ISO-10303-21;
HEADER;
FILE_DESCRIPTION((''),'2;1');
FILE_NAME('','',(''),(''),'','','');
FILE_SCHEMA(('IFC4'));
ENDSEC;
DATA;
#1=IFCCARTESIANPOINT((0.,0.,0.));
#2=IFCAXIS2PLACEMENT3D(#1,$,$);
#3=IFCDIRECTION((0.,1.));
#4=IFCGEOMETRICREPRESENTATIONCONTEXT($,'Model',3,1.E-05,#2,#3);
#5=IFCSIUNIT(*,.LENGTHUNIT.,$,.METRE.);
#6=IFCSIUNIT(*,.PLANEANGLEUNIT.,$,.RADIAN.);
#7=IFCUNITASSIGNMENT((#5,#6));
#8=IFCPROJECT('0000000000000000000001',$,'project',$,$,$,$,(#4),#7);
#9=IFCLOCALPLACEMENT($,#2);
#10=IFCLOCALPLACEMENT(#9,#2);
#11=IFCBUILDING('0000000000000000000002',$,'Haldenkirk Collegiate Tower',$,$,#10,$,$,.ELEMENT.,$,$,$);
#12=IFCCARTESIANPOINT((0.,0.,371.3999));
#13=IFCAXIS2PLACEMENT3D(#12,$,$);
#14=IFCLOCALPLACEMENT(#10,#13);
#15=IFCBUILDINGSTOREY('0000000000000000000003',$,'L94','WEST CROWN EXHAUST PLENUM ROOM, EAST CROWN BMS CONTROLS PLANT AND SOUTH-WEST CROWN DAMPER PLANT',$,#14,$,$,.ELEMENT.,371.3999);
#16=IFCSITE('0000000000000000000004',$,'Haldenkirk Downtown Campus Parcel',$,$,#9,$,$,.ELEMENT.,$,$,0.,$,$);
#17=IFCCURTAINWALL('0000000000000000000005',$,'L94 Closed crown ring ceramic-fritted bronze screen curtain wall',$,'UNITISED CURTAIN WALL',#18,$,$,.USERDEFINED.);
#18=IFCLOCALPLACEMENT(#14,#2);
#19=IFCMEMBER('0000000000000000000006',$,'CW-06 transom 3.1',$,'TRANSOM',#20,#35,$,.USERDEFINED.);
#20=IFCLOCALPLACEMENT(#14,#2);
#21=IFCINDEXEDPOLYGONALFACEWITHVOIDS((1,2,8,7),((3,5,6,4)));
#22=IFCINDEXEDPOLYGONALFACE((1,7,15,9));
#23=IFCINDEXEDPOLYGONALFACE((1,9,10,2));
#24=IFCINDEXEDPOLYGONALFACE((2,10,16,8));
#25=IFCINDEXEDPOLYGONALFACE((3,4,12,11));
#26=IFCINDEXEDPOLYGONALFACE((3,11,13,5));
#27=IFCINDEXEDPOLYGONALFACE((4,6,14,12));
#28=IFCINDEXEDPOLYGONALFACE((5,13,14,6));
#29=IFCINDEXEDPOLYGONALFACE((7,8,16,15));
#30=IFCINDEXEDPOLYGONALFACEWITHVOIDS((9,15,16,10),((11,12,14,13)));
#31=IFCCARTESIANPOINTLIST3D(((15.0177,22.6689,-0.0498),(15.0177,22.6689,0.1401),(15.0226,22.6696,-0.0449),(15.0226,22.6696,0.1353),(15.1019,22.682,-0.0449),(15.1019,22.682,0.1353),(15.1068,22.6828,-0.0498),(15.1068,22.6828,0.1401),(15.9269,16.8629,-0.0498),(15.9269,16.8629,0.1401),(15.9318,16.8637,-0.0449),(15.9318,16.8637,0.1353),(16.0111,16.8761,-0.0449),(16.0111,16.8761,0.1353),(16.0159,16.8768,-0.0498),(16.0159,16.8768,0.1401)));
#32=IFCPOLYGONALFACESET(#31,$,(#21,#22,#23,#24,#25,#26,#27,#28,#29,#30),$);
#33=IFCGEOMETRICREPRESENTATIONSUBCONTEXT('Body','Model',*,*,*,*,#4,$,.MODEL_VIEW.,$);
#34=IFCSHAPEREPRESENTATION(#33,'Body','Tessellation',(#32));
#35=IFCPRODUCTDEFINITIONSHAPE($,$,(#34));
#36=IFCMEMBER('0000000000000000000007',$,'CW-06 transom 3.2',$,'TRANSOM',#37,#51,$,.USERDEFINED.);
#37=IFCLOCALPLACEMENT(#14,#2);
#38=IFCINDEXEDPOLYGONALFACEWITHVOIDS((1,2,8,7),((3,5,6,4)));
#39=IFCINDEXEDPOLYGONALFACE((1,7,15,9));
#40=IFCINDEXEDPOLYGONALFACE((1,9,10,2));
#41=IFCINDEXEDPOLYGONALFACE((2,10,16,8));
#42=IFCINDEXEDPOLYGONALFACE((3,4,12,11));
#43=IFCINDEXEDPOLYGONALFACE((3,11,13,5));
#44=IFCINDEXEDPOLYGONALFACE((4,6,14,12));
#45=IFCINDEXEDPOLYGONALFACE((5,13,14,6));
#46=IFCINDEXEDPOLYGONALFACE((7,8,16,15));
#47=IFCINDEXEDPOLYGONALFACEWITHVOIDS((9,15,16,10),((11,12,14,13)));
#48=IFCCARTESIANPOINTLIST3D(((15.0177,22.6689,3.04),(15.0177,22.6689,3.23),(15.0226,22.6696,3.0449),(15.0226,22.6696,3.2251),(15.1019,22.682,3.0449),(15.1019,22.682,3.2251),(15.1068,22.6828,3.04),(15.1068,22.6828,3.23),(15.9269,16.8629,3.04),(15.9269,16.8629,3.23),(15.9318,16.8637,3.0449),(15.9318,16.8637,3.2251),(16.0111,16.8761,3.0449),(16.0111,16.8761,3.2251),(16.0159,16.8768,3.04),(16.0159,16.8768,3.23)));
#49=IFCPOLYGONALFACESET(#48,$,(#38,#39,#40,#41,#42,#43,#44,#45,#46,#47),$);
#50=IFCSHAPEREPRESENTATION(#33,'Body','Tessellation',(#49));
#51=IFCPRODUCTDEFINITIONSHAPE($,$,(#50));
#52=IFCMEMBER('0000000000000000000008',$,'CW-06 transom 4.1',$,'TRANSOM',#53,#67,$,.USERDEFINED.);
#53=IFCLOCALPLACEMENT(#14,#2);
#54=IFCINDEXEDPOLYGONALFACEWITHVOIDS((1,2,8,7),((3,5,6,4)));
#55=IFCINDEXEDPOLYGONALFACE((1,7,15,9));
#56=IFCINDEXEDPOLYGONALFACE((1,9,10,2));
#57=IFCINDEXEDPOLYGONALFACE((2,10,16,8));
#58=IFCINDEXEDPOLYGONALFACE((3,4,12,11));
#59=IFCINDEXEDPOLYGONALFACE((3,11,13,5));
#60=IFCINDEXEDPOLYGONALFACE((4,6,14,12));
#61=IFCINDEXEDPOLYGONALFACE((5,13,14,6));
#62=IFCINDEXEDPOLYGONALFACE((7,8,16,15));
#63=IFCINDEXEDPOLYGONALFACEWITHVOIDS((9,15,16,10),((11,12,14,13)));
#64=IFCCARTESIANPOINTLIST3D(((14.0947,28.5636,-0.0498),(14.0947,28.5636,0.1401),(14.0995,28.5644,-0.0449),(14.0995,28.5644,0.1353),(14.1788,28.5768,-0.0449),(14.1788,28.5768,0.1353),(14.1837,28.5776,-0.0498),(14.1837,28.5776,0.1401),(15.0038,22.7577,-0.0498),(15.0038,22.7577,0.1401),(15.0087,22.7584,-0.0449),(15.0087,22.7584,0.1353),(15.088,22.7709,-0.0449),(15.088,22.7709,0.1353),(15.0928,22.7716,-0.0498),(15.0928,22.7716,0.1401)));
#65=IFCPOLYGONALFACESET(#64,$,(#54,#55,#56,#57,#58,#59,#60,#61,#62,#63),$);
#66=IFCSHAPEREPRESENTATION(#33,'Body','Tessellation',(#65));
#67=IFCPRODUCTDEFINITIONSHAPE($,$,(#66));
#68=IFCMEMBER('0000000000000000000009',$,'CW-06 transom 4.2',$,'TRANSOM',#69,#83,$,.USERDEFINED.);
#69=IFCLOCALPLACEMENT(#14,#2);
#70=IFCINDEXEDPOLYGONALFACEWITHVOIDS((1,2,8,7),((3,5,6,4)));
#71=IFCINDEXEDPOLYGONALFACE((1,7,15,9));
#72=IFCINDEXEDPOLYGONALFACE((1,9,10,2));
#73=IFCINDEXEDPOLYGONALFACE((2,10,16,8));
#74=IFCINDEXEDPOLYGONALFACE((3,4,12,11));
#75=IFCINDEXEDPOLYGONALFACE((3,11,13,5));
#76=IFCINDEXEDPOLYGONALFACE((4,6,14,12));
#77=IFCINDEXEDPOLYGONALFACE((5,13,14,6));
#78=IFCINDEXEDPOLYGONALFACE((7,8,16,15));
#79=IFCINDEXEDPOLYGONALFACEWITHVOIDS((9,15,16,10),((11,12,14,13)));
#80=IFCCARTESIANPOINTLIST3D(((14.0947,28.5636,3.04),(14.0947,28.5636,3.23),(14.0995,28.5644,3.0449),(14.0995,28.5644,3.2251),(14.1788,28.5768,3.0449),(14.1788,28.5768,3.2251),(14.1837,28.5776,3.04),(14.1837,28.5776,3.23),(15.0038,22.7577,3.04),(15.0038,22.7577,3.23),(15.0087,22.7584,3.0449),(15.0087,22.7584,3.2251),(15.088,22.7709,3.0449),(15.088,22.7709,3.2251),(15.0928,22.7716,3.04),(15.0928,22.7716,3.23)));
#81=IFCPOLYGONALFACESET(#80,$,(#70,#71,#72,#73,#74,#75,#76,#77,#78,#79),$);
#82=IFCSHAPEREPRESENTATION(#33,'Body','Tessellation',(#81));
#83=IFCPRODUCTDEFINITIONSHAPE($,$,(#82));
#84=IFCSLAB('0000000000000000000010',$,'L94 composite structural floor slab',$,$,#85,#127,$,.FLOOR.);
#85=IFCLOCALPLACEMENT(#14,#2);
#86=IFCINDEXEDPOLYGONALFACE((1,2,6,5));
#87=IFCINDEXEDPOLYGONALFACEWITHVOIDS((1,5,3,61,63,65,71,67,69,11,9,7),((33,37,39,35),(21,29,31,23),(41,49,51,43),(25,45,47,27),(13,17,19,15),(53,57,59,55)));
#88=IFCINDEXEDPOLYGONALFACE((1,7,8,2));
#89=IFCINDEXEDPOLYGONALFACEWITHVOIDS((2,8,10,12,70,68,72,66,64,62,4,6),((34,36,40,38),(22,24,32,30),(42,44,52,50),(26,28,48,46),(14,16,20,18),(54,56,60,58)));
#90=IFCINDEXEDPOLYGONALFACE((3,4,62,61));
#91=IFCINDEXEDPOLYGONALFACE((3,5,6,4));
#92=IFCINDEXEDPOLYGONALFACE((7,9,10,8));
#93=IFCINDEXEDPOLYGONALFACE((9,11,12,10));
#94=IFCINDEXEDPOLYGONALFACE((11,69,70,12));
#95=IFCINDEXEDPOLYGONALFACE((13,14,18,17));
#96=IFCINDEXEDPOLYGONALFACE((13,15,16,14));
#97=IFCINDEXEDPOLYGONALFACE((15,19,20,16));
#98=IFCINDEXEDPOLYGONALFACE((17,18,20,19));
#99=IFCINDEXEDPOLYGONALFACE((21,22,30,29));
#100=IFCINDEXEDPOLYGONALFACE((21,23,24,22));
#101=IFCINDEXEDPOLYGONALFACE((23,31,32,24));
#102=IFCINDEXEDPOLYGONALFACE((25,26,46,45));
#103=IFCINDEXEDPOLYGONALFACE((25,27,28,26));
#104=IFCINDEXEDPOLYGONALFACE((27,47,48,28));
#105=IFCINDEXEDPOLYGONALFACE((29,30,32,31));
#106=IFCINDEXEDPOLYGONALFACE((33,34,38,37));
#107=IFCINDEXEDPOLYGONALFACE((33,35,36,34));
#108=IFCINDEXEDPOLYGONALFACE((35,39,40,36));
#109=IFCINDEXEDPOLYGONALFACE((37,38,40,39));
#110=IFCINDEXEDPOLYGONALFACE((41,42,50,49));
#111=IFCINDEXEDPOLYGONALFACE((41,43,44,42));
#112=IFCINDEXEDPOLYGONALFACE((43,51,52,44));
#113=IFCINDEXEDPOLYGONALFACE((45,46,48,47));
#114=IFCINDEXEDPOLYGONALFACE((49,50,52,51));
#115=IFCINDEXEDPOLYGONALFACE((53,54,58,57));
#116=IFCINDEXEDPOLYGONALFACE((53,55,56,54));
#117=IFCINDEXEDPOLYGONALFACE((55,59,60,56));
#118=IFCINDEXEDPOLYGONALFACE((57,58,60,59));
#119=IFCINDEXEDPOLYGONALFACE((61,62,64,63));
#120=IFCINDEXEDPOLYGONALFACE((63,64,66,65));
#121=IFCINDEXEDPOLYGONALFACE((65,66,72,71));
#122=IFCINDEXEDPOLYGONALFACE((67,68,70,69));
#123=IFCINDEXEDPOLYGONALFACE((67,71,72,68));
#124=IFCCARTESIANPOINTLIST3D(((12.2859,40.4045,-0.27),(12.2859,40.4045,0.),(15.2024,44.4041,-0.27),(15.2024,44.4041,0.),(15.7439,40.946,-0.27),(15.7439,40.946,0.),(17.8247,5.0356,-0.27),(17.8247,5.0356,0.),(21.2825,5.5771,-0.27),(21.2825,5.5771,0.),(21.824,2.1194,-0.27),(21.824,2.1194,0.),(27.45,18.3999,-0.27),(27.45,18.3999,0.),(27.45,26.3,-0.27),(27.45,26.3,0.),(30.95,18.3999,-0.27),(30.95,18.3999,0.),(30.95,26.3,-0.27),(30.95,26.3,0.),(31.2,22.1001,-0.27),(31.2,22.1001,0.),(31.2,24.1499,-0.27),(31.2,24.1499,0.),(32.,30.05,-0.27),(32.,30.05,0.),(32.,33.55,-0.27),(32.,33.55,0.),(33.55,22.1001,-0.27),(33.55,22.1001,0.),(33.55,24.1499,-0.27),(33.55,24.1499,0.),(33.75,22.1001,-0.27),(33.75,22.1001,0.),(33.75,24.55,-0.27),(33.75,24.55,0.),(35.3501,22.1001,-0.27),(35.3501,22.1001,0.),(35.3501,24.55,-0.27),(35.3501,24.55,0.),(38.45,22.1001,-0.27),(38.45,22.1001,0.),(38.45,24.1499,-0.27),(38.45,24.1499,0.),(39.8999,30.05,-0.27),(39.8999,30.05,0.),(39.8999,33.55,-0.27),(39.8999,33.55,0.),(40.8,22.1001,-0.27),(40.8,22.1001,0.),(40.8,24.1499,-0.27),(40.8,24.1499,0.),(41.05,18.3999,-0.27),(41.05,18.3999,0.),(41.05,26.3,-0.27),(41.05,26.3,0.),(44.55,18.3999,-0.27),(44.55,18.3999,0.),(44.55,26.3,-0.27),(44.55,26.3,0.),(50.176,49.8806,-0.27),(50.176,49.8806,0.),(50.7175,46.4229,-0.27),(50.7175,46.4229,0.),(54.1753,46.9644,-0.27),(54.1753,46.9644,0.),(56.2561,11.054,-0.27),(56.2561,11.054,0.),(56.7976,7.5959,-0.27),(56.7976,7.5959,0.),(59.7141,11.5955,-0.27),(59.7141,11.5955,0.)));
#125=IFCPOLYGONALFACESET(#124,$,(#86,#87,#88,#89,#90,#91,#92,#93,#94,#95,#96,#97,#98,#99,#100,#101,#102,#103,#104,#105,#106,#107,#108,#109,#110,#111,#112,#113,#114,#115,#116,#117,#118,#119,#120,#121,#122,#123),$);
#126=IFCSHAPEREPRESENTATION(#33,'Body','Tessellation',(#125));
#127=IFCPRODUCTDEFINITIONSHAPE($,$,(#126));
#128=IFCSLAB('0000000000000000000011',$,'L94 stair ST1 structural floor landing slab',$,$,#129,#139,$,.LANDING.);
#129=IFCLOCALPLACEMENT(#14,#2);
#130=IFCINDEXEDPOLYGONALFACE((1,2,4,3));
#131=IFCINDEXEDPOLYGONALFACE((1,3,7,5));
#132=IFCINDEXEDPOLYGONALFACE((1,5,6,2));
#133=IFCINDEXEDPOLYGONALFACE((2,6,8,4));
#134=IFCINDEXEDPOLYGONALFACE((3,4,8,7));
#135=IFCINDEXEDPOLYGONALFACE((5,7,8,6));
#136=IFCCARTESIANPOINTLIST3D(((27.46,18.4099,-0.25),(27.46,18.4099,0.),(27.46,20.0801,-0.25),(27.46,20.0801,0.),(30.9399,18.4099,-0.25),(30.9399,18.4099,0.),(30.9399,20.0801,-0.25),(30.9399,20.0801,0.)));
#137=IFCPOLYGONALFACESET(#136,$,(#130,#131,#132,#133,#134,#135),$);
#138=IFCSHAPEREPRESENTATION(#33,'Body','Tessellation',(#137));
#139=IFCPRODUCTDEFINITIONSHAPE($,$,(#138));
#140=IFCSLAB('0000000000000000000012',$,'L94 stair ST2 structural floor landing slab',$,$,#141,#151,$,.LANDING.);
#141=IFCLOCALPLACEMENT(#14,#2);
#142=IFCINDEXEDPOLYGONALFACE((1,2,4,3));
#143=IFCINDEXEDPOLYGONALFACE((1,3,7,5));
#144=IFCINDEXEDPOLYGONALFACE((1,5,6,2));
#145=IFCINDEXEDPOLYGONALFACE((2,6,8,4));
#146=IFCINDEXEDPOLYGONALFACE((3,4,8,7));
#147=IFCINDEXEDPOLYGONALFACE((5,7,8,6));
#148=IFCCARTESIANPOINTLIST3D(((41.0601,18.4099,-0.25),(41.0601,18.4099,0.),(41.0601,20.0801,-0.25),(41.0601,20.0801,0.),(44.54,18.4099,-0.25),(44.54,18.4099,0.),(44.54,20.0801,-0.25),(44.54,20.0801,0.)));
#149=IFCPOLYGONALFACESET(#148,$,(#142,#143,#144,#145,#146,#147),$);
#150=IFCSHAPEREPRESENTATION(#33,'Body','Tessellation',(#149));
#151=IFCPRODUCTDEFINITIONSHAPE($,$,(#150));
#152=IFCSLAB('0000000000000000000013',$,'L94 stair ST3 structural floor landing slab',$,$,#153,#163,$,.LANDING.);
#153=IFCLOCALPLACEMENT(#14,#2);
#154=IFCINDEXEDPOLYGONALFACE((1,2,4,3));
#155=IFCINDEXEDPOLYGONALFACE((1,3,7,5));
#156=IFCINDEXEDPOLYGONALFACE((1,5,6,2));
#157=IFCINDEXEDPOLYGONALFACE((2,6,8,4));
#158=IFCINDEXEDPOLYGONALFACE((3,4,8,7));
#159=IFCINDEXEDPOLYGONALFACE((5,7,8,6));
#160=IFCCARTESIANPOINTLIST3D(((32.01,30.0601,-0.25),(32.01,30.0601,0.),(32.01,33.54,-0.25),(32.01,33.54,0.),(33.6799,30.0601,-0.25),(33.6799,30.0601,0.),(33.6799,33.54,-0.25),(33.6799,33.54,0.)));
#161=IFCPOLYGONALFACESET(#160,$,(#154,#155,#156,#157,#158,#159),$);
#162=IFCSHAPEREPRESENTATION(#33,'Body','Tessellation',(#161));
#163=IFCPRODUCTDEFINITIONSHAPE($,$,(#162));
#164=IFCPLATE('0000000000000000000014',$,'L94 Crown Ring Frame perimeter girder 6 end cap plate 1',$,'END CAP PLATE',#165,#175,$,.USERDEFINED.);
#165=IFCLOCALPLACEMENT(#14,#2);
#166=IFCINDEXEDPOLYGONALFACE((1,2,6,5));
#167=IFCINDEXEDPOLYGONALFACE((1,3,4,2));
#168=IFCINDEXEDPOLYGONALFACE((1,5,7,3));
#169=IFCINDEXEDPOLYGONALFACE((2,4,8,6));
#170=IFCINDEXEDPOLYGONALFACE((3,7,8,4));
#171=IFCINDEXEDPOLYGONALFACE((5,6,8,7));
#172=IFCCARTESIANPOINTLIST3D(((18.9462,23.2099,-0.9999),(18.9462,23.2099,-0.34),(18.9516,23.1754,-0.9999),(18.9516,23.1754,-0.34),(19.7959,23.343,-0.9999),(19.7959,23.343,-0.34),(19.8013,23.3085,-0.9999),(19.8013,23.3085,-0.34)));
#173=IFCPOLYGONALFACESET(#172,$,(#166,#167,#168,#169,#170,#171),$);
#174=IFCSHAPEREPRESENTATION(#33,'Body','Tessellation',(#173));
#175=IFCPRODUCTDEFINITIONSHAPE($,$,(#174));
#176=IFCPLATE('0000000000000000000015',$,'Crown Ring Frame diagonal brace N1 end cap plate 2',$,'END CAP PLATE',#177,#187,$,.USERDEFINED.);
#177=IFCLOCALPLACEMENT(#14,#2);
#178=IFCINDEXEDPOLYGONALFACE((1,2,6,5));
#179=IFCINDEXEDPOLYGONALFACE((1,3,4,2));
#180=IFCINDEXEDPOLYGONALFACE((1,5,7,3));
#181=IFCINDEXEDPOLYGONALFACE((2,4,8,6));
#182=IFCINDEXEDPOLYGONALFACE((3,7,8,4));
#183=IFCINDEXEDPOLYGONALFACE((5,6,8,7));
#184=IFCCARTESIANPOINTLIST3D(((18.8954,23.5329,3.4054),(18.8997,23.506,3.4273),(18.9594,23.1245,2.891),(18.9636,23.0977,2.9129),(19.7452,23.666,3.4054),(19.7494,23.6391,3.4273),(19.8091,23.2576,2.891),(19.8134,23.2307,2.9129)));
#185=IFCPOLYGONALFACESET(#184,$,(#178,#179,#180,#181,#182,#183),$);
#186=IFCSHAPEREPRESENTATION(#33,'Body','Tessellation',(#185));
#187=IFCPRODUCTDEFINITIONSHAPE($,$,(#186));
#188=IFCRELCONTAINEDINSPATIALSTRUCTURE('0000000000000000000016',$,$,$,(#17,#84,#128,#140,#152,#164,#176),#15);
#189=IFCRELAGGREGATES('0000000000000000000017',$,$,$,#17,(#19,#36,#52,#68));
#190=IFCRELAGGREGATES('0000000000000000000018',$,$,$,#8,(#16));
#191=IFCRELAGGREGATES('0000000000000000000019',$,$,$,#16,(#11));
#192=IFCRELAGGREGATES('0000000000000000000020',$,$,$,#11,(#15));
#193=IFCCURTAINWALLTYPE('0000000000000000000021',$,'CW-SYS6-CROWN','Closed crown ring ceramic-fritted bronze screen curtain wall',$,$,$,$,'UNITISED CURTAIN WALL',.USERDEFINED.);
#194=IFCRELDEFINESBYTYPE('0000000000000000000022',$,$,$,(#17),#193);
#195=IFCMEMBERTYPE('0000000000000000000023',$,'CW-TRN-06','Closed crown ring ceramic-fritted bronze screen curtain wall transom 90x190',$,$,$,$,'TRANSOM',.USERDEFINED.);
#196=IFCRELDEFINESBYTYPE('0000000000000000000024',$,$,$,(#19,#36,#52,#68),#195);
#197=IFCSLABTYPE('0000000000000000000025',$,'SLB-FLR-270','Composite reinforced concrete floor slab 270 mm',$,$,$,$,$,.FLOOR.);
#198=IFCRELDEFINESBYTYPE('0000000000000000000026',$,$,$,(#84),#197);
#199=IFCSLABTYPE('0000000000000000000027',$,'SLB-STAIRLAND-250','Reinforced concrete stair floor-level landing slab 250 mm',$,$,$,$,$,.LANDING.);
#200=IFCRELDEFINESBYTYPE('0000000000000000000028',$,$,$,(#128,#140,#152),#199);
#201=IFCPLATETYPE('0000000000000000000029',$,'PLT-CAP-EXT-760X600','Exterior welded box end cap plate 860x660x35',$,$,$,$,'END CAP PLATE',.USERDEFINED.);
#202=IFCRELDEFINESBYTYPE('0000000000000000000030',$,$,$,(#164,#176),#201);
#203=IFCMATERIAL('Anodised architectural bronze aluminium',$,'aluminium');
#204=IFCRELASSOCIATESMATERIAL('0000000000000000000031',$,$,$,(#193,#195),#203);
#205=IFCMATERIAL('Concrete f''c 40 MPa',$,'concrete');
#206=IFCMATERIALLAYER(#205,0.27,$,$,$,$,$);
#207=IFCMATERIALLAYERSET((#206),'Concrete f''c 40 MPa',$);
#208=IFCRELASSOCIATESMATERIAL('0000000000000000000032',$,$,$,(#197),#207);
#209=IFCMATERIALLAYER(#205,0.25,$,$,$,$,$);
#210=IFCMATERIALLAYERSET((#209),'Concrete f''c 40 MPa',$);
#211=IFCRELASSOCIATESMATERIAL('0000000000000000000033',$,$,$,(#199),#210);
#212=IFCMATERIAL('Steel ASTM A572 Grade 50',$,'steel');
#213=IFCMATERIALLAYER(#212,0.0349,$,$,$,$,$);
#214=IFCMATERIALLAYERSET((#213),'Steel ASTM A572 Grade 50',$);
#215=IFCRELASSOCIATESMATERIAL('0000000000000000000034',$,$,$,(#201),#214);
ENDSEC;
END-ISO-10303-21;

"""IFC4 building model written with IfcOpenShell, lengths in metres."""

from ifc_helpers import new_model, si_unit, direction, frame, origin, origin_2d, place, context, subcontext, project, spatial, polyline, rectangle, hollow_rectangle, outline, extrude, source, transform, mapped, material, layer, layer_set, material_profile, profile_set, type_object, element, aggregate, save


model = new_model("IFC4")

# Units and contexts
model_context = context("Model", 3, precision=1e-05, world=origin(), true_north=direction((0.0, 1.0)))
body_context = subcontext(model_context, "Body", "Model", "MODEL_VIEW")
ifc_project = project(units=[si_unit("LENGTHUNIT", "METRE"), si_unit("PLANEANGLEUNIT", "RADIAN")], contexts=[model_context])

# Site, building, storey
site_placement = place(None, origin())
site = spatial("IfcSite", under=ifc_project, at=site_placement, Name="Haldenkirk Downtown Campus Parcel", CompositionType="ELEMENT", RefElevation=0.0)
building_placement = place(site_placement, origin())
building = spatial("IfcBuilding", under=site, at=building_placement, Name="Haldenkirk Collegiate Tower", CompositionType="ELEMENT")
storey_placement = place(building_placement, frame((0.0, 0.0, 371.3999)))
storey = spatial("IfcBuildingStorey", under=building, at=storey_placement, Name="L94", Description="WEST CROWN EXHAUST PLENUM ROOM, EAST CROWN BMS CONTROLS PLANT AND SOUTH-WEST CROWN DAMPER PLANT", CompositionType="ELEMENT", Elevation=371.3999)

# Shared definitions
ifc_material_1 = material(Name="Steel ASTM A572 Grade 50", Category="steel")

# Curtain wall, members
ifc_material_2 = material(Name="Anodised architectural bronze aluminium", Category="aluminium")
curtain_wall_type = type_object("IfcCurtainWallType", Name="CW-SYS6-CROWN", Description="Closed crown ring ceramic-fritted bronze screen curtain wall", ElementType="UNITISED CURTAIN WALL", PredefinedType="USERDEFINED", material=ifc_material_2)
curtain_wall_placement = place(storey_placement, origin())
curtain_wall = element("IfcCurtainWall", 1, at=curtain_wall_placement, inside=storey, type_object=curtain_wall_type, Name="L94 Closed crown ring ceramic-fritted bronze screen curtain wall", ObjectType="UNITISED CURTAIN WALL", PredefinedType="USERDEFINED")
ifc_material_profile_1 = material_profile(ifc_material_2, hollow_rectangle(XDim=0.0901, YDim=0.1899, WallThickness=0.0049, at=origin_2d()), Name="CW-TRN-06")
ifc_profile_set_1 = profile_set([ifc_material_profile_1], Name="Anodised architectural bronze aluminium")
member_type_1 = type_object("IfcMemberType", Name="CW-TRN-06", Description="Closed crown ring ceramic-fritted bronze screen curtain wall transom 90x190", ElementType="TRANSOM", PredefinedType="USERDEFINED", material=ifc_profile_set_1)
member_1_placement = place(storey_placement, frame((15.9714, 16.8699, 0.0452), z_axis=(-0.15471, 0.98796, 0.0), x_axis=(-0.98796, -0.15471, 0.0)))
member_1 = element("IfcMember", 2, at=member_1_placement, type_object=member_type_1, Name="CW-06 transom 3.1", ObjectType="TRANSOM", PredefinedType="USERDEFINED", context=body_context, shape_type="SweptSolid", body=[
    extrude(hollow_rectangle(XDim=0.0901, YDim=0.1899, WallThickness=0.0049, at=origin_2d()), origin(), (0.0, 0.0, 1.0), 5.8767),
])
member_2_placement = place(storey_placement, frame((15.9714, 16.8699, 3.135), z_axis=(-0.15471, 0.98796, 0.0), x_axis=(-0.98796, -0.15471, 0.0)))
member_2 = element("IfcMember", 3, at=member_2_placement, type_object=member_type_1, Name="CW-06 transom 3.2", ObjectType="TRANSOM", PredefinedType="USERDEFINED", context=body_context, shape_type="SweptSolid", body=[
    extrude(hollow_rectangle(XDim=0.0901, YDim=0.1899, WallThickness=0.0049, at=origin_2d()), origin(), (0.0, 0.0, 1.0), 5.8767),
])
member_3_placement = place(storey_placement, frame((15.0483, 22.7646, 0.0452), z_axis=(-0.15471, 0.98796, 0.0), x_axis=(-0.98796, -0.15471, 0.0)))
member_3 = element("IfcMember", 4, at=member_3_placement, type_object=member_type_1, Name="CW-06 transom 4.1", ObjectType="TRANSOM", PredefinedType="USERDEFINED", context=body_context, shape_type="SweptSolid", body=[
    extrude(hollow_rectangle(XDim=0.0901, YDim=0.1899, WallThickness=0.0049, at=origin_2d()), origin(), (0.0, 0.0, 1.0), 5.8767),
])
member_4_placement = place(storey_placement, frame((15.0483, 22.7646, 3.135), z_axis=(-0.15471, 0.98796, 0.0), x_axis=(-0.98796, -0.15471, 0.0)))
member_4 = element("IfcMember", 5, at=member_4_placement, type_object=member_type_1, Name="CW-06 transom 4.2", ObjectType="TRANSOM", PredefinedType="USERDEFINED", context=body_context, shape_type="SweptSolid", body=[
    extrude(hollow_rectangle(XDim=0.0901, YDim=0.1899, WallThickness=0.0049, at=origin_2d()), origin(), (0.0, 0.0, 1.0), 5.8767),
])

# Slabs
ifc_material_3 = material(Name="Concrete f'c 40 MPa", Category="concrete")
ifc_layer_1 = layer(ifc_material_3, 0.27)
ifc_layer_set_1 = layer_set([ifc_layer_1], Name="Concrete f'c 40 MPa")
slab_type_1 = type_object("IfcSlabType", Name="SLB-FLR-270", Description="Composite reinforced concrete floor slab 270 mm", PredefinedType="FLOOR", material=ifc_layer_set_1)
slab_1_placement = place(storey_placement, frame((0.0, 0.0, -0.27)))
element("IfcSlab", 6, at=slab_1_placement, inside=storey, type_object=slab_type_1, Name="L94 composite structural floor slab", PredefinedType="FLOOR", context=body_context, shape_type="SweptSolid", body=[
    extrude(outline(polyline([(59.7141, 11.5955), (54.1753, 46.9644), (50.7175, 46.4229), (50.176, 49.8806), (15.2024, 44.4041), (15.7439, 40.946), (12.2859, 40.4045), (17.8247, 5.0356), (21.2825, 5.5771), (21.824, 2.1194), (56.7976, 7.5959), (56.2561, 11.054), (59.7141, 11.5955)]), holes=[polyline([(27.45, 18.3999), (30.95, 18.3999), (30.95, 26.3), (27.45, 26.3), (27.45, 18.3999)]), polyline([(41.05, 18.3999), (44.55, 18.3999), (44.55, 26.3), (41.05, 26.3), (41.05, 18.3999)]), polyline([(32.0, 30.05), (39.8999, 30.05), (39.8999, 33.55), (32.0, 33.55), (32.0, 30.05)]), polyline([(33.75, 22.1001), (35.3501, 22.1001), (35.3501, 24.55), (33.75, 24.55), (33.75, 22.1001)]), polyline([(31.2, 22.1001), (33.55, 22.1001), (33.55, 24.1499), (31.2, 24.1499), (31.2, 22.1001)]), polyline([(38.45, 22.1001), (40.8, 22.1001), (40.8, 24.1499), (38.45, 24.1499), (38.45, 22.1001)])]), origin(), (0.0, 0.0, 1.0), 0.27),
])
ifc_layer_2 = layer(ifc_material_3, 0.25)
ifc_layer_set_2 = layer_set([ifc_layer_2], Name="Concrete f'c 40 MPa")
slab_type_2 = type_object("IfcSlabType", Name="SLB-STAIRLAND-250", Description="Reinforced concrete stair floor-level landing slab 250 mm", PredefinedType="LANDING", material=ifc_layer_set_2)
slab_2_placement = place(storey_placement, frame((0.0, 0.0, -0.25)))
element("IfcSlab", 7, at=slab_2_placement, inside=storey, type_object=slab_type_2, Name="L94 stair ST1 structural floor landing slab", PredefinedType="LANDING", context=body_context, shape_type="SweptSolid", body=[
    extrude(outline(polyline([(27.46, 18.4099), (30.9399, 18.4099), (30.9399, 20.0801), (27.46, 20.0801), (27.46, 18.4099)])), origin(), (0.0, 0.0, 1.0), 0.25),
])
slab_3_placement = place(storey_placement, frame((0.0, 0.0, -0.25)))
element("IfcSlab", 8, at=slab_3_placement, inside=storey, type_object=slab_type_2, Name="L94 stair ST2 structural floor landing slab", PredefinedType="LANDING", context=body_context, shape_type="SweptSolid", body=[
    extrude(outline(polyline([(41.0601, 18.4099), (44.54, 18.4099), (44.54, 20.0801), (41.0601, 20.0801), (41.0601, 18.4099)])), origin(), (0.0, 0.0, 1.0), 0.25),
])
slab_4_placement = place(storey_placement, frame((0.0, 0.0, -0.25)))
element("IfcSlab", 9, at=slab_4_placement, inside=storey, type_object=slab_type_2, Name="L94 stair ST3 structural floor landing slab", PredefinedType="LANDING", context=body_context, shape_type="SweptSolid", body=[
    extrude(outline(polyline([(32.01, 30.0601), (33.6799, 30.0601), (33.6799, 33.54), (32.01, 33.54), (32.01, 30.0601)])), origin(), (0.0, 0.0, 1.0), 0.25),
])

# Plates
ifc_layer_3 = layer(ifc_material_1, 0.0349)
ifc_layer_set_3 = layer_set([ifc_layer_3], Name="Steel ASTM A572 Grade 50")
plate_type_1 = type_object("IfcPlateType", Name="PLT-CAP-EXT-760X600", Description="Exterior welded box end cap plate 860x660x35", ElementType="END CAP PLATE", PredefinedType="USERDEFINED", material=ifc_layer_set_3)
shared_shape_1 = source(origin(), body_context, "Body", "SweptSolid", [
    extrude(rectangle(XDim=0.8601, YDim=0.6599, at=origin_2d()), origin(), (0.0, 0.0, 1.0), 0.0349),
])
for number, where, z_axis, x_axis, name in (
    (10, (19.3765, 23.2419, -0.6699), (-0.154711, 0.98796, 0.0), (-0.98796, -0.154711, 0.0), "L94 Crown Ring Frame perimeter girder 6 end cap plate 1"),
    (11, (19.3523, 23.3953, 3.1482), (0.120601, -0.770143, 0.626367), (0.98796, 0.15471, 0.0), "Crown Ring Frame diagonal brace N1 end cap plate 2"),
):
    element("IfcPlate", number, at=place(storey_placement, frame(where, z_axis=z_axis, x_axis=x_axis)), inside=storey, type_object=plate_type_1, Name=name, ObjectType="END CAP PLATE", PredefinedType="USERDEFINED", context=body_context, shape_type="MappedRepresentation", body=[
        mapped(shared_shape_1, transform((0.0, 0.0, 0.0), x_axis=(1.0, 0.0, 0.0), y_axis=(0.0, 1.0, 0.0), z_axis=(0.0, 0.0, 1.0), scale=1.0)),
    ])

aggregate(curtain_wall, [member_1, member_2, member_3, member_4])

save(model, "model.ifc")
